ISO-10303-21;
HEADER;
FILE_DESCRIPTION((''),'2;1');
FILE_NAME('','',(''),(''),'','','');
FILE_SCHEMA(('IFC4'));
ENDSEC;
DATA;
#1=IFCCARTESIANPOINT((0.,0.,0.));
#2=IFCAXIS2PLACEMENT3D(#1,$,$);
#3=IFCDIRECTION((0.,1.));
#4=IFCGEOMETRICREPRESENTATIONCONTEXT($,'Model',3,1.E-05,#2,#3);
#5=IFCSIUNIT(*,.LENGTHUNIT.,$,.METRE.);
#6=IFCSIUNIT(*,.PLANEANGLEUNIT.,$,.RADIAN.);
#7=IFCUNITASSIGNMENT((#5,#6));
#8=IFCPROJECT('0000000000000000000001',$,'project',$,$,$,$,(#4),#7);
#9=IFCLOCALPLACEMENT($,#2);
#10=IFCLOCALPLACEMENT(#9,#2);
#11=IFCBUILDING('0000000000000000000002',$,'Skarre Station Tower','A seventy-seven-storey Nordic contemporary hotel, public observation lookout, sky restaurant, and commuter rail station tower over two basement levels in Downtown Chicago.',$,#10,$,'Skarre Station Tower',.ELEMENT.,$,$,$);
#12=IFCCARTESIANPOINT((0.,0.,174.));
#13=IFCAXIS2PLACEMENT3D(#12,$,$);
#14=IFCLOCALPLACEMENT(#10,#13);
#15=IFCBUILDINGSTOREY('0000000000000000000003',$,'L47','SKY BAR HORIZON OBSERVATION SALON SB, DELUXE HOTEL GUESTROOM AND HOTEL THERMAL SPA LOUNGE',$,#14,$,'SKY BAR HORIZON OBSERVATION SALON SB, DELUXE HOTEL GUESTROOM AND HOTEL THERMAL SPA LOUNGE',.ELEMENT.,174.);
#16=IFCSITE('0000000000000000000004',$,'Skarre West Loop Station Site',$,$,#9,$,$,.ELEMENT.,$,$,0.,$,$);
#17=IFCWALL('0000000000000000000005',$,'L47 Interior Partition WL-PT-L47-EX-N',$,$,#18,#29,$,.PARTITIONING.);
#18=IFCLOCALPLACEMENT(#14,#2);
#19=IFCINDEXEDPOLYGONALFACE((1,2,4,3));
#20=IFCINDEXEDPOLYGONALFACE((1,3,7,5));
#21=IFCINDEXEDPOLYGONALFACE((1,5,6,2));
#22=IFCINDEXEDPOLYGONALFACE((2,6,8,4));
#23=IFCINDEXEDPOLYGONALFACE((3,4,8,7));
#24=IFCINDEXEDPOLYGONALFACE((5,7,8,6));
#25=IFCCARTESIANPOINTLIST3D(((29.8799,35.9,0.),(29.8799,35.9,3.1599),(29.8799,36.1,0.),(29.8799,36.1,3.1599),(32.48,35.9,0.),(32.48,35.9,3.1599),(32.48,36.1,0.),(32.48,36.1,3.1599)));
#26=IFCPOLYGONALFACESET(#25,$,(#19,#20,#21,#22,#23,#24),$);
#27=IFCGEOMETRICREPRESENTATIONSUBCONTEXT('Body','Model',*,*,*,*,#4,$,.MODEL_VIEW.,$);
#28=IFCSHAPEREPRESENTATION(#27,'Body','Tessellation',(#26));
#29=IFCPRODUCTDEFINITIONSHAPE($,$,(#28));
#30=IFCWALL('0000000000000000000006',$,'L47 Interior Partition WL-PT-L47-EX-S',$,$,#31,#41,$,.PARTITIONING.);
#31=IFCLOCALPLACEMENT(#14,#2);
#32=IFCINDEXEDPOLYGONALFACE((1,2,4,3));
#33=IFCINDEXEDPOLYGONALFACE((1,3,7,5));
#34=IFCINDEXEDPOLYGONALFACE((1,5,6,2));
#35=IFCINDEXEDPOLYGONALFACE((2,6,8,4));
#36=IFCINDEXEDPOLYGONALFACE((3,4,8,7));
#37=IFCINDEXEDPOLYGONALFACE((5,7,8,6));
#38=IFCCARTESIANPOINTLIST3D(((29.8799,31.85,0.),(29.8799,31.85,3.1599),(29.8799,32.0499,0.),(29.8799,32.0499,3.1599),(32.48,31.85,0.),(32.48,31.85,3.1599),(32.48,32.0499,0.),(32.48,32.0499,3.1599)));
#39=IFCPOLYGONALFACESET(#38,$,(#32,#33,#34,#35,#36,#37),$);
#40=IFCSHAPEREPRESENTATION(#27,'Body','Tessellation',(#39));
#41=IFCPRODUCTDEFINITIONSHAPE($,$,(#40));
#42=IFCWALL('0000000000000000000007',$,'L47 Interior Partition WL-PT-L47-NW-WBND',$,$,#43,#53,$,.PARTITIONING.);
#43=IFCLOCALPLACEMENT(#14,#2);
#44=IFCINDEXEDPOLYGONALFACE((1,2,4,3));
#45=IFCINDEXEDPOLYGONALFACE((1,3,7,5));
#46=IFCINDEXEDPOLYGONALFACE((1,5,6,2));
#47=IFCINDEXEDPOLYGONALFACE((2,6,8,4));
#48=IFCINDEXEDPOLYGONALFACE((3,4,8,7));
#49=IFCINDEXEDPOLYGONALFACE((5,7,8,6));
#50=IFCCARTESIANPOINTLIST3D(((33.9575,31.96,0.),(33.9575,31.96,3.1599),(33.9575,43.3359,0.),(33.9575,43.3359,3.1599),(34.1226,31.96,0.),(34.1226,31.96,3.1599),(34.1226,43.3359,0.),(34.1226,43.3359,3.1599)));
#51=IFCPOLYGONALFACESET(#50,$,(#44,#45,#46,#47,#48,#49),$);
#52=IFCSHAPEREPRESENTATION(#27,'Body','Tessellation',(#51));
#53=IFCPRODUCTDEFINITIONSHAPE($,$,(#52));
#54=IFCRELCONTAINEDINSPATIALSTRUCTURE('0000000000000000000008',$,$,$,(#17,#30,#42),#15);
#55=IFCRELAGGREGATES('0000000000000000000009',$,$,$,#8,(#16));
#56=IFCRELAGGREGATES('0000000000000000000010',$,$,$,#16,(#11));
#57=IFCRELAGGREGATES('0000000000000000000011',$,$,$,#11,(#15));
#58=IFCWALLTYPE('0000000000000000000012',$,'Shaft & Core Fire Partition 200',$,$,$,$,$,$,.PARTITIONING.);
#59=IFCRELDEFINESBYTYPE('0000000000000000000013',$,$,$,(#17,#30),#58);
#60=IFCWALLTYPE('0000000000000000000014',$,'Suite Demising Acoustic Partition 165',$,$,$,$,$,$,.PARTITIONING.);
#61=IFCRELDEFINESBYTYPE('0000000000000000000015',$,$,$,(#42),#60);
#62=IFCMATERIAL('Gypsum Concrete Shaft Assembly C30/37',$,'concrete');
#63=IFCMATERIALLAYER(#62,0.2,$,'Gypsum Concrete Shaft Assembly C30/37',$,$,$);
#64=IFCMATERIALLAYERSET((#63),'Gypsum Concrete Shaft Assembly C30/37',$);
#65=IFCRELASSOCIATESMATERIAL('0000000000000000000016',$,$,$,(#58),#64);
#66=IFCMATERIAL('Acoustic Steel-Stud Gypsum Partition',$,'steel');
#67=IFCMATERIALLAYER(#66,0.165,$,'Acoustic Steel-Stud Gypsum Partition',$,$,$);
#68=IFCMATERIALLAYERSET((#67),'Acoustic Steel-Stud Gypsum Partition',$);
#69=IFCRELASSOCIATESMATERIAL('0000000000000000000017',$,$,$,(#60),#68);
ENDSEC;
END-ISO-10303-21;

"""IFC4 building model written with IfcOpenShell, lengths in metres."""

from ifc_helpers import new_model, si_unit, direction, frame, frame_2d, origin, place, context, subcontext, project, spatial, rectangle, extrude, material, layer, layer_set, type_object, element, save


model = new_model("IFC4")

# Units and contexts
model_context = context("Model", 3, precision=1e-05, world=origin(), true_north=direction((0.0, 1.0)))
body_context = subcontext(model_context, "Body", "Model", "MODEL_VIEW")
ifc_project = project(units=[si_unit("LENGTHUNIT", "METRE"), si_unit("PLANEANGLEUNIT", "RADIAN")], contexts=[model_context])

# Site, building, storey
site_placement = place(None, origin())
site = spatial("IfcSite", under=ifc_project, at=site_placement, Name="Skarre West Loop Station Site", CompositionType="ELEMENT", RefElevation=0.0)
building_placement = place(site_placement, origin())
building = spatial("IfcBuilding", under=site, at=building_placement, Name="Skarre Station Tower", Description="A seventy-seven-storey Nordic contemporary hotel, public observation lookout, sky restaurant, and commuter rail station tower over two basement levels in Downtown Chicago.", LongName="Skarre Station Tower", CompositionType="ELEMENT")
storey_placement = place(building_placement, frame((0.0, 0.0, 174.0)))
storey = spatial("IfcBuildingStorey", under=building, at=storey_placement, Name="L47", Description="SKY BAR HORIZON OBSERVATION SALON SB, DELUXE HOTEL GUESTROOM AND HOTEL THERMAL SPA LOUNGE", LongName="SKY BAR HORIZON OBSERVATION SALON SB, DELUXE HOTEL GUESTROOM AND HOTEL THERMAL SPA LOUNGE", CompositionType="ELEMENT", Elevation=174.0)

# Shared definitions
ifc_material_1 = material(Name="Acoustic Steel-Stud Gypsum Partition", Category="steel")

# Walls
ifc_material_2 = material(Name="Gypsum Concrete Shaft Assembly C30/37", Category="concrete")
ifc_layer_1 = layer(ifc_material_2, 0.2, Name="Gypsum Concrete Shaft Assembly C30/37")
ifc_layer_set_1 = layer_set([ifc_layer_1], Name="Gypsum Concrete Shaft Assembly C30/37")
wall_type_1 = type_object("IfcWallType", Name="Shaft & Core Fire Partition 200", PredefinedType="PARTITIONING", material=ifc_layer_set_1)
for number, where, z_axis, x_axis, name in (
    (1, (29.8799, 36.0, 0.0), (0.0, 0.0, 1.0), (1.0, 0.0, 0.0), "L47 Interior Partition WL-PT-L47-EX-N"),
    (2, (32.48, 31.95, 0.0), (0.0, 0.0, 1.0), (-1.0, 0.0, 0.0), "L47 Interior Partition WL-PT-L47-EX-S"),
):
    element("IfcWall", number, at=place(storey_placement, frame(where, z_axis=z_axis, x_axis=x_axis)), inside=storey, type_object=wall_type_1, Name=name, PredefinedType="PARTITIONING", context=body_context, shape_type="SweptSolid", body=[
        extrude(rectangle(XDim=2.6001, YDim=0.2, at=frame_2d((1.3, 0.0))), origin(), (0.0, 0.0, 1.0), 3.1599),
    ])
ifc_layer_2 = layer(ifc_material_1, 0.165, Name="Acoustic Steel-Stud Gypsum Partition")
ifc_layer_set_2 = layer_set([ifc_layer_2], Name="Acoustic Steel-Stud Gypsum Partition")
wall_type_2 = type_object("IfcWallType", Name="Suite Demising Acoustic Partition 165", PredefinedType="PARTITIONING", material=ifc_layer_set_2)
wall_1_placement = place(storey_placement, frame((34.04, 31.96, 0.0), z_axis=(0.0, 0.0, 1.0), x_axis=(0.0, 1.0, 0.0)))
element("IfcWall", 3, at=wall_1_placement, inside=storey, type_object=wall_type_2, Name="L47 Interior Partition WL-PT-L47-NW-WBND", PredefinedType="PARTITIONING", context=body_context, shape_type="SweptSolid", body=[
    extrude(rectangle(XDim=11.376, YDim=0.165, at=frame_2d((5.688, 0.0))), origin(), (0.0, 0.0, 1.0), 3.1599),
])

save(model, "model.ifc")
